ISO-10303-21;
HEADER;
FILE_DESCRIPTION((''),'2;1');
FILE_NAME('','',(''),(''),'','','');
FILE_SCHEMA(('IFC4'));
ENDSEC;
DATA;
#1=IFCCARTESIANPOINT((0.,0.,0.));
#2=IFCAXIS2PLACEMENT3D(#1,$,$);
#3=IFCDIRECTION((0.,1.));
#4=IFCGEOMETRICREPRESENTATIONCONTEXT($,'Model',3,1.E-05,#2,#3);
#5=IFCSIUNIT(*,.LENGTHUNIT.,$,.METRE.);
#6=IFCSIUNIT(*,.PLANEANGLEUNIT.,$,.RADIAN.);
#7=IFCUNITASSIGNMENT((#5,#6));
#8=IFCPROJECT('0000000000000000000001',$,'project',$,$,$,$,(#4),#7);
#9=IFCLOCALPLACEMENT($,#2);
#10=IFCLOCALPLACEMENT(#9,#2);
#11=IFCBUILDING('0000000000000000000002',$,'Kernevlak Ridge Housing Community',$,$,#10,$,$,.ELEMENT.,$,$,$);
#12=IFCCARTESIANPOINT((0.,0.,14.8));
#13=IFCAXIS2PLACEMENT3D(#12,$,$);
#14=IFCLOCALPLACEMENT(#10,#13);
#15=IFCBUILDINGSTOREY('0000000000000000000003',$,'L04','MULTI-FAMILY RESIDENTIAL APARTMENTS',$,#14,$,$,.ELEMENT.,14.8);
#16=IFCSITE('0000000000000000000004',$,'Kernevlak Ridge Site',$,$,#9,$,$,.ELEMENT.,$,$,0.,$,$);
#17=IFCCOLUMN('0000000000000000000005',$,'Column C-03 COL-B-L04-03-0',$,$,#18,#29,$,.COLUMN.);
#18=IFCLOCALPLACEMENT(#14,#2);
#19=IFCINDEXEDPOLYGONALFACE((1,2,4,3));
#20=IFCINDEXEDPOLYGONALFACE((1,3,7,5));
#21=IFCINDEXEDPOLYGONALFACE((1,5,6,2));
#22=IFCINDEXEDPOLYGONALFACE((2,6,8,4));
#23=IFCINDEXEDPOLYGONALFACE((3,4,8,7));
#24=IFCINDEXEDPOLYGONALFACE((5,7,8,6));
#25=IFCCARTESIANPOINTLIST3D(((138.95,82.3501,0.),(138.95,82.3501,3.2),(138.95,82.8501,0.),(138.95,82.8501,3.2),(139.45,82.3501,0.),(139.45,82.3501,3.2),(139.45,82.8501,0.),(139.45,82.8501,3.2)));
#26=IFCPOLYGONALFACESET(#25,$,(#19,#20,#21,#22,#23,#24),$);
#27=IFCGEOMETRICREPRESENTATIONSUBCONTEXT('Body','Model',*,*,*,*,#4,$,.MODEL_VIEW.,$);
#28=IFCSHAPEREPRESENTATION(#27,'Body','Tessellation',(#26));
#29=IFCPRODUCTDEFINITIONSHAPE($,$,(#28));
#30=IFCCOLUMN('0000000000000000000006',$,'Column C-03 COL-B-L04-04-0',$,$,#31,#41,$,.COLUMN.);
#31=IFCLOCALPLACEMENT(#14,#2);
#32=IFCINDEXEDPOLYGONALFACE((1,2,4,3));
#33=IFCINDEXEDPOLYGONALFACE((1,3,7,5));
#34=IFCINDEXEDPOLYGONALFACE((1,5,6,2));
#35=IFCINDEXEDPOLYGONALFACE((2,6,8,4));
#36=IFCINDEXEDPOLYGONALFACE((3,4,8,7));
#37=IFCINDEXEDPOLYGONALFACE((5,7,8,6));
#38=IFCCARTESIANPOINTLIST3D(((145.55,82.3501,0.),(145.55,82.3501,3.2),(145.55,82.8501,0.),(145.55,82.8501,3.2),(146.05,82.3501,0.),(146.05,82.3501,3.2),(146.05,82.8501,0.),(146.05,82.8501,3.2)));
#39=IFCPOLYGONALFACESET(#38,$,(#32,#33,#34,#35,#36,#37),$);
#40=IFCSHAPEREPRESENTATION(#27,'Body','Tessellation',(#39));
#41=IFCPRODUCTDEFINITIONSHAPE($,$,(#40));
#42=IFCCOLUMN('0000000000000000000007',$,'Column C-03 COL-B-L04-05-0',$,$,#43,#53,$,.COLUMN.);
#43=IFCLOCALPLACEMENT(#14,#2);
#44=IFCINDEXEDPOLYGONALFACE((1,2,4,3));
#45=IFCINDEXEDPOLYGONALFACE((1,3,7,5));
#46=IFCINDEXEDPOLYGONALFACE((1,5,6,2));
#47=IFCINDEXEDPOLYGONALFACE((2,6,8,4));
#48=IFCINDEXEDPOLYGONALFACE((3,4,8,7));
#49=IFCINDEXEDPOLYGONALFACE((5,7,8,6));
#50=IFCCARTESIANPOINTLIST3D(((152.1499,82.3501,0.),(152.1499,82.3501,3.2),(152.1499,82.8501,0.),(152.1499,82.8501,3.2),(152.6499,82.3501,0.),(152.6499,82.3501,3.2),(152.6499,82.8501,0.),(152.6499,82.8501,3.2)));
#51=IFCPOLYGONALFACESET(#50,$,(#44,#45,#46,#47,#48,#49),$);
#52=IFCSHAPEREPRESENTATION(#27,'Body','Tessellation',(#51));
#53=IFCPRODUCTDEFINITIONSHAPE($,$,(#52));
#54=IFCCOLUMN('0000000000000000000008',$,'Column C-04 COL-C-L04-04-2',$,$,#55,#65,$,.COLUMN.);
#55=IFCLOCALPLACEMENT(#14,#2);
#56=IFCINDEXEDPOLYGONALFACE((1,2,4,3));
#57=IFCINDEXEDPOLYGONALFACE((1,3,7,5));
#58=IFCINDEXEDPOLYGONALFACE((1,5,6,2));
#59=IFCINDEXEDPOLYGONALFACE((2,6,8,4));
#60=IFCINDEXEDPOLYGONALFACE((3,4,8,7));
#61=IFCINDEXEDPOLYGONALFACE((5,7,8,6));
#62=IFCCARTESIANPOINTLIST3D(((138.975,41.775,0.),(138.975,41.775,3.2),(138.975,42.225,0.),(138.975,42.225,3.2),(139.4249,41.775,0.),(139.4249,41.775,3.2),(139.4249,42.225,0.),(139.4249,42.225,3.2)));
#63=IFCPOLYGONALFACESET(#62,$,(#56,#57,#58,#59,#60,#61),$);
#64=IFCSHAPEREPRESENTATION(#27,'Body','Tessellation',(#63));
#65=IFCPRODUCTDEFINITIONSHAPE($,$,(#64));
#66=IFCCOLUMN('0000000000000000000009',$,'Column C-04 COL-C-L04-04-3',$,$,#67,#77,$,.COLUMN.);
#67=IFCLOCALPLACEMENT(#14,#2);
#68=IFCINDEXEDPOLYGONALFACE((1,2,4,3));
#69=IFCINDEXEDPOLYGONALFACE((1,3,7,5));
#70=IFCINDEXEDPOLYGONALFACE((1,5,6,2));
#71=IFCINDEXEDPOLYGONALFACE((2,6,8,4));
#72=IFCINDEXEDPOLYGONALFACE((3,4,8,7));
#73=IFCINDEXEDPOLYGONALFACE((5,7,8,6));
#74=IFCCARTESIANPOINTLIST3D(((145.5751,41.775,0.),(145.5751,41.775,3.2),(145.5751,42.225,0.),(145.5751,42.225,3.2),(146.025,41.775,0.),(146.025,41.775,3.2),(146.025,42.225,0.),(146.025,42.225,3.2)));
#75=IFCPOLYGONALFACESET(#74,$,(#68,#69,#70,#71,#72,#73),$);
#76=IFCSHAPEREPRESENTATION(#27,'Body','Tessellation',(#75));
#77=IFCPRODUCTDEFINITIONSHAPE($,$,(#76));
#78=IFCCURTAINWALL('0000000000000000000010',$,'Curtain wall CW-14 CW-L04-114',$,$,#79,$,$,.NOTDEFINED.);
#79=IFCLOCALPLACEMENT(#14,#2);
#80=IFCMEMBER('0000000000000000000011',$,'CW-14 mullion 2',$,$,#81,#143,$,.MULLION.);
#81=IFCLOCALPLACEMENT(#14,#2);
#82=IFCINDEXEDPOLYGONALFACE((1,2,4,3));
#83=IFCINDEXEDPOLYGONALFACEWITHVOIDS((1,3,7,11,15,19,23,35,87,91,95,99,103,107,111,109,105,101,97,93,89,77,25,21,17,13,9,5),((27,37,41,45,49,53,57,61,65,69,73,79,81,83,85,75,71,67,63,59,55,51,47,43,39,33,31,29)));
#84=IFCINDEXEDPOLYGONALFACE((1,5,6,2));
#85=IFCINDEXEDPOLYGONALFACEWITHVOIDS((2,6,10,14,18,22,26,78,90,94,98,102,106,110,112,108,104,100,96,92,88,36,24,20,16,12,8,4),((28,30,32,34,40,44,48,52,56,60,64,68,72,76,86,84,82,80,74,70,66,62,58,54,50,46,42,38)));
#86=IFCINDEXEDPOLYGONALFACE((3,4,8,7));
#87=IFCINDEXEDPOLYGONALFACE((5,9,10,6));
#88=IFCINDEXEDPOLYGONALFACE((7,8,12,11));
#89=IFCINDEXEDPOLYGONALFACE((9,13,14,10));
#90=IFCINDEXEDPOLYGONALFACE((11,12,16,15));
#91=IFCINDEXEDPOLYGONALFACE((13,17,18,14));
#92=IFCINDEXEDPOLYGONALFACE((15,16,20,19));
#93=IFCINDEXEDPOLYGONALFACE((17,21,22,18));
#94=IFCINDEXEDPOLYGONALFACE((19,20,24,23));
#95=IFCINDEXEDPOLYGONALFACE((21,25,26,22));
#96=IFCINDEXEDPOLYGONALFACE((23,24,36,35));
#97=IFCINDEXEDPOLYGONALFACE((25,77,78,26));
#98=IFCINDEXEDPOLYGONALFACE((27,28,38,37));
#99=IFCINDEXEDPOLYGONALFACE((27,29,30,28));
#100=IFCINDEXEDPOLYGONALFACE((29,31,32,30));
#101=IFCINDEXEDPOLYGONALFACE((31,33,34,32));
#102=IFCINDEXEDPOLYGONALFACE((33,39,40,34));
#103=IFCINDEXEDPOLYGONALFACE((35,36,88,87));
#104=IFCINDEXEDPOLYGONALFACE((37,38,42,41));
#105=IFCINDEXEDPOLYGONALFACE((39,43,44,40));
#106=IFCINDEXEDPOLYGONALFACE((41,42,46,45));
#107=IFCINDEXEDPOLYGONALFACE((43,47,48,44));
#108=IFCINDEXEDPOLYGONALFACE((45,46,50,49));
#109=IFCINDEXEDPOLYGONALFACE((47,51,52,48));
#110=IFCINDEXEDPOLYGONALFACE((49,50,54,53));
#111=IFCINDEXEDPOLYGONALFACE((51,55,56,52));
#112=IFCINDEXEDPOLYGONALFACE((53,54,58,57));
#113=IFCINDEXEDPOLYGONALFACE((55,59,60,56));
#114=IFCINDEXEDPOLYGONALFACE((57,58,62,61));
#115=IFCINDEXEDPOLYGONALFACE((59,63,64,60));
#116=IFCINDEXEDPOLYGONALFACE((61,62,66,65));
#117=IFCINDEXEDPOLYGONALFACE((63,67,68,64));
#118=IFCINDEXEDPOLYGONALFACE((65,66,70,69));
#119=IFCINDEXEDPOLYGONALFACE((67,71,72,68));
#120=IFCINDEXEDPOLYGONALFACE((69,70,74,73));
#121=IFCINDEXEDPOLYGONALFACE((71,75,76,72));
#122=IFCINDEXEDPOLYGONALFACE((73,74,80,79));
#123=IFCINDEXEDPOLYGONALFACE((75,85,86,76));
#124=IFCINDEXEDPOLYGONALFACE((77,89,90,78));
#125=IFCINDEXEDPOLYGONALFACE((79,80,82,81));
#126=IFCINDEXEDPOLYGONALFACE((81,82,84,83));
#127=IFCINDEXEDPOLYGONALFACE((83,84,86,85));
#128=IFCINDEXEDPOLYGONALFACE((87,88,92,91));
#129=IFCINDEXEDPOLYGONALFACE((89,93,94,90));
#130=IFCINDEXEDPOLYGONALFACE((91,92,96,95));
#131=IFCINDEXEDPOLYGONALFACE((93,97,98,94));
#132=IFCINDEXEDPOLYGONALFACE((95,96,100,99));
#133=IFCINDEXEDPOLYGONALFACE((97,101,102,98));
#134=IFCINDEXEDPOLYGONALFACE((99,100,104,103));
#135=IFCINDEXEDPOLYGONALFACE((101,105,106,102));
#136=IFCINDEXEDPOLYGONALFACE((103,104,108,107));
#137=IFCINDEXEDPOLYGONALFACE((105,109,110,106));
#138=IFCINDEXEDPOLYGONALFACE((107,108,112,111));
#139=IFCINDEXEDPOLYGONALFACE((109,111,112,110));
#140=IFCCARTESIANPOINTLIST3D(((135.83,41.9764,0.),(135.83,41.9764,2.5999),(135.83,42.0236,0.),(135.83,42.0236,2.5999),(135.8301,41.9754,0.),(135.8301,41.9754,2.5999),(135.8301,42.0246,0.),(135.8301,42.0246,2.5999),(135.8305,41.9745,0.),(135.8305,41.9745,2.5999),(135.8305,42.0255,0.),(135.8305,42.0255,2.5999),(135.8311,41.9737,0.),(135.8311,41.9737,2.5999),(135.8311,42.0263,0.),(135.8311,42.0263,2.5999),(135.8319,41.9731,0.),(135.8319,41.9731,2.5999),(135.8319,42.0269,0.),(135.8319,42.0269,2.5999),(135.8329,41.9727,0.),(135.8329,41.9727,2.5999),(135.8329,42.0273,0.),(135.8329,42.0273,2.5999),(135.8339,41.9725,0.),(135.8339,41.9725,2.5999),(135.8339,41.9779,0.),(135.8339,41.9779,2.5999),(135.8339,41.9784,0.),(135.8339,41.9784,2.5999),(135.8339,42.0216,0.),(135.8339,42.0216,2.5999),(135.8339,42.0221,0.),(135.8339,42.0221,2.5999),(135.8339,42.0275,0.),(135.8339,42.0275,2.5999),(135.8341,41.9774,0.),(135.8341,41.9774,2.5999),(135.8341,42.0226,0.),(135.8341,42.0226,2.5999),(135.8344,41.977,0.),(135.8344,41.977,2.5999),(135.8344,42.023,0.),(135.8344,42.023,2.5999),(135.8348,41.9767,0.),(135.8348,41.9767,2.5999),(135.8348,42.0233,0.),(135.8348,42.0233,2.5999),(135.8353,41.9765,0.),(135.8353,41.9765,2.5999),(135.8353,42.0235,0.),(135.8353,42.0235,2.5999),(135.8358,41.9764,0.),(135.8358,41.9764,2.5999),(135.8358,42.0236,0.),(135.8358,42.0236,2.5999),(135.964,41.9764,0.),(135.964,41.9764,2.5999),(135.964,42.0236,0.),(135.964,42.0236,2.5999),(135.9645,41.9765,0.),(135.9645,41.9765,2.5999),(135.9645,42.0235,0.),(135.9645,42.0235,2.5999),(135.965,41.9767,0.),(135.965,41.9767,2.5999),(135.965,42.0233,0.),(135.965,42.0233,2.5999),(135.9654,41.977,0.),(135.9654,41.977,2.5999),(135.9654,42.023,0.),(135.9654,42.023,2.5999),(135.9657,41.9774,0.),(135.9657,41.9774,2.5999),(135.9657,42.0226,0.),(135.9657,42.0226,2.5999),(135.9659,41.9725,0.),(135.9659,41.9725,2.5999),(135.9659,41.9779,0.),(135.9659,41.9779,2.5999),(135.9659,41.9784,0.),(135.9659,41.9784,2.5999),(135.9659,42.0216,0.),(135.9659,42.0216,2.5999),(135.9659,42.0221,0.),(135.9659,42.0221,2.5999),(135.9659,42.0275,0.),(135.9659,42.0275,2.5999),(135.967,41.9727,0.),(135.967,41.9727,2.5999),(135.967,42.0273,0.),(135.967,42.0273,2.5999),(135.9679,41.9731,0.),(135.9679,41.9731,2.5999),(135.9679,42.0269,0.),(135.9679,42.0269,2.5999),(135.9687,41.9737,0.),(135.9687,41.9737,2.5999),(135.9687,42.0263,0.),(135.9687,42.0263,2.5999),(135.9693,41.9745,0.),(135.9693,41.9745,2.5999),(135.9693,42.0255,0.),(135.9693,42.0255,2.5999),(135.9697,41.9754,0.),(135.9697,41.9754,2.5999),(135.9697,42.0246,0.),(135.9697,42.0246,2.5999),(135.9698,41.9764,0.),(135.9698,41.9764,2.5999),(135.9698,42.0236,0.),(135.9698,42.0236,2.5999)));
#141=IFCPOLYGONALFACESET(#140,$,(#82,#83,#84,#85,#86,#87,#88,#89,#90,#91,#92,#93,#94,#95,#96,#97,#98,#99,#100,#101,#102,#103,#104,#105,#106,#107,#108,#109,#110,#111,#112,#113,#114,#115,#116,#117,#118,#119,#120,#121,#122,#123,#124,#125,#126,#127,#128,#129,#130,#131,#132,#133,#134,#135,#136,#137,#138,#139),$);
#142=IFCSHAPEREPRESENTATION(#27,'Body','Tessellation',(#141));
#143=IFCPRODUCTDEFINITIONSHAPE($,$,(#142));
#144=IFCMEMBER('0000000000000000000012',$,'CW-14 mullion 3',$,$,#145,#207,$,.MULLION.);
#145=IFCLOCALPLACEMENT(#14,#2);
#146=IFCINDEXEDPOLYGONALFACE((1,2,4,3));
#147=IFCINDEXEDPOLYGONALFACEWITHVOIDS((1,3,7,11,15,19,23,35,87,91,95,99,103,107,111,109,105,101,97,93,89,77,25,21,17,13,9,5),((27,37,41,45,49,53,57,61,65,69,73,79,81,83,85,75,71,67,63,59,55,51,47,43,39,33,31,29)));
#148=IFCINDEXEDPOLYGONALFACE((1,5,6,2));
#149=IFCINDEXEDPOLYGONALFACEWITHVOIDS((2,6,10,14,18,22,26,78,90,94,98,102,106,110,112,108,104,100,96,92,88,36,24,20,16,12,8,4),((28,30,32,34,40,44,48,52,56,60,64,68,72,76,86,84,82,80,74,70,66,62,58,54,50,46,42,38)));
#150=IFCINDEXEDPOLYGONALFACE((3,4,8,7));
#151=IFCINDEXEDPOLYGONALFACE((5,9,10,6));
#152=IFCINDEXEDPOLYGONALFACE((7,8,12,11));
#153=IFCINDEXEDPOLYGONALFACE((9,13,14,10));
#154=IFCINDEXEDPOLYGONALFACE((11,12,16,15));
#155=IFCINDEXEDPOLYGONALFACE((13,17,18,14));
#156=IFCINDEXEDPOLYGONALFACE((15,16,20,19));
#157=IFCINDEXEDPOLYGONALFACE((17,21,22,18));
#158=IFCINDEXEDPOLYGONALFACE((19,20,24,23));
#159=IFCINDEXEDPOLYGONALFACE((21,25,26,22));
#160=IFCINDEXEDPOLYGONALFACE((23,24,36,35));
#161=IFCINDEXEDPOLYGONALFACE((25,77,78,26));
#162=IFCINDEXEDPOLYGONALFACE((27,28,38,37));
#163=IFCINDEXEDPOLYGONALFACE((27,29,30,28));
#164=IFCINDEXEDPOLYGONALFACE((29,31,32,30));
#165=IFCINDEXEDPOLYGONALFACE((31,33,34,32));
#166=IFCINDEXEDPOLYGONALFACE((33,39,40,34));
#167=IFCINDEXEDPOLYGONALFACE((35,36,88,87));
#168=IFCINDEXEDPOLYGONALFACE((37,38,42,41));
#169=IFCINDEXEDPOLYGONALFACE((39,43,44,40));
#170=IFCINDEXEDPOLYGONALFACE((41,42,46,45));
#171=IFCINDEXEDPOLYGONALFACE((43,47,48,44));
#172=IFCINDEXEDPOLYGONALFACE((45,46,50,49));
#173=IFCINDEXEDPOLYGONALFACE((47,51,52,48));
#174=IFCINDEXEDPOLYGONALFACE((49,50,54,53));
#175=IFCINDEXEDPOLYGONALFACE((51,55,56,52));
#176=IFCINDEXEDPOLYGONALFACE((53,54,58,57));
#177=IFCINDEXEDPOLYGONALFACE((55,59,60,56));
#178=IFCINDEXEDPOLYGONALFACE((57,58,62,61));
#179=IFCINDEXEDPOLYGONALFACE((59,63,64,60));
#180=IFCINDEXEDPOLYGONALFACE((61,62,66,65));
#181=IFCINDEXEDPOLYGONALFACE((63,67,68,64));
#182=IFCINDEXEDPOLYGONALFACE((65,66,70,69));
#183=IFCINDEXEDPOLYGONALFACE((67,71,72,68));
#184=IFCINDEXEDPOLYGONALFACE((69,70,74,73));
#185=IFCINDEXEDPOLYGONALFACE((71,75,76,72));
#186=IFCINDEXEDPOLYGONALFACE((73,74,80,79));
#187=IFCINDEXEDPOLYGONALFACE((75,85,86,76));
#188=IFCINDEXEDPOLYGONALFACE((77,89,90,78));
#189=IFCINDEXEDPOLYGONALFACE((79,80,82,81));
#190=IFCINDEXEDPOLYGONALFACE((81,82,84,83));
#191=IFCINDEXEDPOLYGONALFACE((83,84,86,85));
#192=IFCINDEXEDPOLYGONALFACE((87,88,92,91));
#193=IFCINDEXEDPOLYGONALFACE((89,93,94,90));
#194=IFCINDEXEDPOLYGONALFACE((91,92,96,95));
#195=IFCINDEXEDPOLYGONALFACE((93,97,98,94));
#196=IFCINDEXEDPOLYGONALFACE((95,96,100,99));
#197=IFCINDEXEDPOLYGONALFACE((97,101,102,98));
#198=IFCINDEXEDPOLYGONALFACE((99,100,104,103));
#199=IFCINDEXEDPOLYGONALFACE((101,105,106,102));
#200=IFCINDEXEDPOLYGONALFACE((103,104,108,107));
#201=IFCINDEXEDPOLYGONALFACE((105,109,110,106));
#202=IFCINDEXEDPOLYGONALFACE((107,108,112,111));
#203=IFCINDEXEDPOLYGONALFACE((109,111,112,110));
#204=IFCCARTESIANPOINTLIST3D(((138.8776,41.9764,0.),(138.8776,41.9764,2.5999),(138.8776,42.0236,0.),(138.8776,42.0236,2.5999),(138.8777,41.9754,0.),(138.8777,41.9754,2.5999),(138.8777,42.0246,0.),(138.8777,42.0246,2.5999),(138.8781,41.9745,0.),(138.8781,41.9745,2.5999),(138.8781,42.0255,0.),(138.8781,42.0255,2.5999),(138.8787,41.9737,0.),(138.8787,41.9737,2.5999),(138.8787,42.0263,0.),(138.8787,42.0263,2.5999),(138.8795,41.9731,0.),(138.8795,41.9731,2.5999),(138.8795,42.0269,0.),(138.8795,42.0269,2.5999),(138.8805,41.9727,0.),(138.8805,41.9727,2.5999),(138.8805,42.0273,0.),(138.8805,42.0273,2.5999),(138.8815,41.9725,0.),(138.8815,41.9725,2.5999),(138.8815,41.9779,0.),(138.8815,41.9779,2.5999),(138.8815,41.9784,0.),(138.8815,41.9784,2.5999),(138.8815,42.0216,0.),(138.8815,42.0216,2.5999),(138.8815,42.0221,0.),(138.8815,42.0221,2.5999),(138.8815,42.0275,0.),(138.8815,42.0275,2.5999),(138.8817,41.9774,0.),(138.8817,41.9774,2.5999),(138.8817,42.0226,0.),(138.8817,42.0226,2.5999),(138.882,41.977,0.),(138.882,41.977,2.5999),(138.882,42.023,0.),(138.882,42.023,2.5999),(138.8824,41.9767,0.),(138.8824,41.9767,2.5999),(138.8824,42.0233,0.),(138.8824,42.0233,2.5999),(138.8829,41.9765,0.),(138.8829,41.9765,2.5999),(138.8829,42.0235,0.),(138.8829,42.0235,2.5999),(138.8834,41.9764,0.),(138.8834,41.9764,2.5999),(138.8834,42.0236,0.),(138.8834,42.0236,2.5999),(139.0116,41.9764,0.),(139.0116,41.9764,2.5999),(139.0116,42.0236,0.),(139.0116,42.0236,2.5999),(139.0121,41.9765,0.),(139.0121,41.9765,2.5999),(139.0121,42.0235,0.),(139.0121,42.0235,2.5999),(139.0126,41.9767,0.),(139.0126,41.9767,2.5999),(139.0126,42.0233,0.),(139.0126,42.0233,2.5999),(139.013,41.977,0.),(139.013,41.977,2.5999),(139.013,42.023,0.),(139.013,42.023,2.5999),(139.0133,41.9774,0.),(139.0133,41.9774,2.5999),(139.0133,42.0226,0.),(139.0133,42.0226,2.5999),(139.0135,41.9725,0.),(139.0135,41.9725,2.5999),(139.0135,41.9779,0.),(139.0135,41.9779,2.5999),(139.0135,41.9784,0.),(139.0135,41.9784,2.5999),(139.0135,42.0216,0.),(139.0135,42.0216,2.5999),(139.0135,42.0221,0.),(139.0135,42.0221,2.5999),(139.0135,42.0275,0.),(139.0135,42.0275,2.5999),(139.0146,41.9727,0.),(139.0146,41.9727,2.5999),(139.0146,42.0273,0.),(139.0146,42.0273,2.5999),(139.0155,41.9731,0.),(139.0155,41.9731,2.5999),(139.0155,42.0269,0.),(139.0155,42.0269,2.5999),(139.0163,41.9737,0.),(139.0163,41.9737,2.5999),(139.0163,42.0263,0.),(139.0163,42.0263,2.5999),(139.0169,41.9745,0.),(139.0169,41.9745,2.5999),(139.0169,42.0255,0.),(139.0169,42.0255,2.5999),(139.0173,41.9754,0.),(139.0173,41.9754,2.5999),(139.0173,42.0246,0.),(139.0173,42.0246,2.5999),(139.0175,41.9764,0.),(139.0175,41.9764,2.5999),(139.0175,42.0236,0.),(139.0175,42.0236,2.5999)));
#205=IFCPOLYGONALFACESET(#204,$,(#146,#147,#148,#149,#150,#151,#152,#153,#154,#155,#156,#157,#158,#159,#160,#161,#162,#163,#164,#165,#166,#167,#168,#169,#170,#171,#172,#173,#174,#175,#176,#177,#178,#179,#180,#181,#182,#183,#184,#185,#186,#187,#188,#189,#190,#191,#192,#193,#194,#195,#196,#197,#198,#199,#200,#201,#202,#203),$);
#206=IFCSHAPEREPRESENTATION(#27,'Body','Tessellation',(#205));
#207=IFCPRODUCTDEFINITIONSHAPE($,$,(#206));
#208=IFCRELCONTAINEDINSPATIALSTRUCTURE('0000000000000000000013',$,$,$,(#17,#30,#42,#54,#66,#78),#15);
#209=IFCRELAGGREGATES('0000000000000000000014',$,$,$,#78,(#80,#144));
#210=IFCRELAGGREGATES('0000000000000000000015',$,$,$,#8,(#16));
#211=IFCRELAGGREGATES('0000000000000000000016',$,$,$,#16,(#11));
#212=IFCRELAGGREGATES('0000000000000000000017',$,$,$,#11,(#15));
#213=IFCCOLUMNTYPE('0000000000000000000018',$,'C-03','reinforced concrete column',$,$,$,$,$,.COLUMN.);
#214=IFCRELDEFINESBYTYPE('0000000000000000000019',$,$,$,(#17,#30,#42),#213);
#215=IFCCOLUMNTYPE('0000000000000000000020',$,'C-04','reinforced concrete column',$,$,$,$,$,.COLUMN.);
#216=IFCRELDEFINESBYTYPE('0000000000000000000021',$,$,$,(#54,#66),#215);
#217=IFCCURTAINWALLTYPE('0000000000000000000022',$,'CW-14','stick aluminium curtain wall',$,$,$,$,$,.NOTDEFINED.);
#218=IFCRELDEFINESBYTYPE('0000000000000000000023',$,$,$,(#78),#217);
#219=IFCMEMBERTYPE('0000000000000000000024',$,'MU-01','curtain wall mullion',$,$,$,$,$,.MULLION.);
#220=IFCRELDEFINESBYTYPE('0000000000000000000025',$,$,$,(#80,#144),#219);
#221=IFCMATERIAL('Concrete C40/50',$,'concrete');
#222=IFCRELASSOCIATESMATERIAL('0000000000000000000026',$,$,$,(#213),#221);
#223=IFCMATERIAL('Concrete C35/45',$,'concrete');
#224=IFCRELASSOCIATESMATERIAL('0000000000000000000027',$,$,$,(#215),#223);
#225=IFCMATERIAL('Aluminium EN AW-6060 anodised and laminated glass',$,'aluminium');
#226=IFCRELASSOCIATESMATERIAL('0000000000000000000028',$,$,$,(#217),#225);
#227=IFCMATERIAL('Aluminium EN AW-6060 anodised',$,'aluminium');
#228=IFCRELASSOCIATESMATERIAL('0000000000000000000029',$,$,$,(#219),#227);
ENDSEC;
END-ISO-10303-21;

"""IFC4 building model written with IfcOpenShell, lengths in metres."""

from ifc_helpers import new_model, si_unit, direction, frame, origin, origin_2d, place, context, subcontext, project, spatial, rectangle, hollow_rectangle, extrude, material, material_profile, profile_set, type_object, element, aggregate, save


model = new_model("IFC4")

# Units and contexts
model_context = context("Model", 3, precision=1e-05, world=origin(), true_north=direction((0.0, 1.0)))
body_context = subcontext(model_context, "Body", "Model", "MODEL_VIEW")
ifc_project = project(units=[si_unit("LENGTHUNIT", "METRE"), si_unit("PLANEANGLEUNIT", "RADIAN")], contexts=[model_context])

# Site, building, storey
site_placement = place(None, origin())
site = spatial("IfcSite", under=ifc_project, at=site_placement, Name="Kernevlak Ridge Site", CompositionType="ELEMENT", RefElevation=0.0)
building_placement = place(site_placement, origin())
building = spatial("IfcBuilding", under=site, at=building_placement, Name="Kernevlak Ridge Housing Community", CompositionType="ELEMENT")
storey_placement = place(building_placement, frame((0.0, 0.0, 14.8)))
storey = spatial("IfcBuildingStorey", under=building, at=storey_placement, Name="L04", Description="MULTI-FAMILY RESIDENTIAL APARTMENTS", CompositionType="ELEMENT", Elevation=14.8)

# Columns
ifc_material_1 = material(Name="Concrete C40/50", Category="concrete")
ifc_material_profile_1 = material_profile(ifc_material_1, rectangle(XDim=0.5, YDim=0.5, at=origin_2d()), Name="RC 500x500")
ifc_profile_set_1 = profile_set([ifc_material_profile_1], Name="Concrete C40/50")
column_type_1 = type_object("IfcColumnType", Name="C-03", Description="reinforced concrete column", PredefinedType="COLUMN", material=ifc_profile_set_1)
for number, where, z_axis, x_axis, name in (
    (1, (139.2, 82.6001, 0.0), (0.0, 0.0, 1.0), (1.0, 0.0, 0.0), "Column C-03 COL-B-L04-03-0"),
    (2, (145.8, 82.6001, 0.0), (0.0, 0.0, 1.0), (1.0, 0.0, 0.0), "Column C-03 COL-B-L04-04-0"),
    (3, (152.3999, 82.6001, 0.0), (0.0, 0.0, 1.0), (1.0, 0.0, 0.0), "Column C-03 COL-B-L04-05-0"),
):
    element("IfcColumn", number, at=place(storey_placement, frame(where, z_axis=z_axis, x_axis=x_axis)), inside=storey, type_object=column_type_1, Name=name, PredefinedType="COLUMN", context=body_context, shape_type="SweptSolid", body=[
        extrude(rectangle(XDim=0.5, YDim=0.5, at=origin_2d()), origin(), (0.0, 0.0, 1.0), 3.2),
    ])
ifc_material_2 = material(Name="Concrete C35/45", Category="concrete")
ifc_material_profile_2 = material_profile(ifc_material_2, rectangle(XDim=0.45, YDim=0.45, at=origin_2d()), Name="RC 450x450")
ifc_profile_set_2 = profile_set([ifc_material_profile_2], Name="Concrete C35/45")
column_type_2 = type_object("IfcColumnType", Name="C-04", Description="reinforced concrete column", PredefinedType="COLUMN", material=ifc_profile_set_2)
for number, where, z_axis, x_axis, name in (
    (4, (139.2, 42.0, 0.0), (0.0, 0.0, 1.0), (1.0, 0.0, 0.0), "Column C-04 COL-C-L04-04-2"),
    (5, (145.8, 42.0, 0.0), (0.0, 0.0, 1.0), (1.0, 0.0, 0.0), "Column C-04 COL-C-L04-04-3"),
):
    element("IfcColumn", number, at=place(storey_placement, frame(where, z_axis=z_axis, x_axis=x_axis)), inside=storey, type_object=column_type_2, Name=name, PredefinedType="COLUMN", context=body_context, shape_type="SweptSolid", body=[
        extrude(rectangle(XDim=0.45, YDim=0.45, at=origin_2d()), origin(), (0.0, 0.0, 1.0), 3.2),
    ])

# Curtain wall, members
ifc_material_3 = material(Name="Aluminium EN AW-6060 anodised and laminated glass", Category="aluminium")
curtain_wall_type = type_object("IfcCurtainWallType", Name="CW-14", Description="stick aluminium curtain wall", PredefinedType="NOTDEFINED", material=ifc_material_3)
curtain_wall_placement = place(storey_placement, origin())
curtain_wall = element("IfcCurtainWall", 6, at=curtain_wall_placement, inside=storey, type_object=curtain_wall_type, Name="Curtain wall CW-14 CW-L04-114", PredefinedType="NOTDEFINED")
ifc_material_4 = material(Name="Aluminium EN AW-6060 anodised", Category="aluminium")
ifc_material_profile_3 = material_profile(ifc_material_4, hollow_rectangle(XDim=0.0549, YDim=0.1399, WallThickness=0.0039, InnerFilletRadius=0.002, OuterFilletRadius=0.0039, at=origin_2d()), Name="ALU 55x140x4")
ifc_profile_set_3 = profile_set([ifc_material_profile_3], Name="Aluminium EN AW-6060 anodised")
member_type_1 = type_object("IfcMemberType", Name="MU-01", Description="curtain wall mullion", PredefinedType="MULLION", material=ifc_profile_set_3)
member_1_placement = place(storey_placement, frame((135.8999, 42.0, 0.0), z_axis=(0.0, 0.0, 1.0), x_axis=(0.0, 1.0, 0.0)))
member_1 = element("IfcMember", 7, at=member_1_placement, type_object=member_type_1, Name="CW-14 mullion 2", PredefinedType="MULLION", context=body_context, shape_type="SweptSolid", body=[
    extrude(hollow_rectangle(XDim=0.0549, YDim=0.1399, WallThickness=0.0039, InnerFilletRadius=0.002, OuterFilletRadius=0.0039, at=origin_2d()), origin(), (0.0, 0.0, 1.0), 2.5999),
])
member_2_placement = place(storey_placement, frame((138.9475, 42.0, 0.0), z_axis=(0.0, 0.0, 1.0), x_axis=(0.0, 1.0, 0.0)))
member_2 = element("IfcMember", 8, at=member_2_placement, type_object=member_type_1, Name="CW-14 mullion 3", PredefinedType="MULLION", context=body_context, shape_type="SweptSolid", body=[
    extrude(hollow_rectangle(XDim=0.0549, YDim=0.1399, WallThickness=0.0039, InnerFilletRadius=0.002, OuterFilletRadius=0.0039, at=origin_2d()), origin(), (0.0, 0.0, 1.0), 2.5999),
])

aggregate(curtain_wall, [member_1, member_2])

save(model, "model.ifc")
